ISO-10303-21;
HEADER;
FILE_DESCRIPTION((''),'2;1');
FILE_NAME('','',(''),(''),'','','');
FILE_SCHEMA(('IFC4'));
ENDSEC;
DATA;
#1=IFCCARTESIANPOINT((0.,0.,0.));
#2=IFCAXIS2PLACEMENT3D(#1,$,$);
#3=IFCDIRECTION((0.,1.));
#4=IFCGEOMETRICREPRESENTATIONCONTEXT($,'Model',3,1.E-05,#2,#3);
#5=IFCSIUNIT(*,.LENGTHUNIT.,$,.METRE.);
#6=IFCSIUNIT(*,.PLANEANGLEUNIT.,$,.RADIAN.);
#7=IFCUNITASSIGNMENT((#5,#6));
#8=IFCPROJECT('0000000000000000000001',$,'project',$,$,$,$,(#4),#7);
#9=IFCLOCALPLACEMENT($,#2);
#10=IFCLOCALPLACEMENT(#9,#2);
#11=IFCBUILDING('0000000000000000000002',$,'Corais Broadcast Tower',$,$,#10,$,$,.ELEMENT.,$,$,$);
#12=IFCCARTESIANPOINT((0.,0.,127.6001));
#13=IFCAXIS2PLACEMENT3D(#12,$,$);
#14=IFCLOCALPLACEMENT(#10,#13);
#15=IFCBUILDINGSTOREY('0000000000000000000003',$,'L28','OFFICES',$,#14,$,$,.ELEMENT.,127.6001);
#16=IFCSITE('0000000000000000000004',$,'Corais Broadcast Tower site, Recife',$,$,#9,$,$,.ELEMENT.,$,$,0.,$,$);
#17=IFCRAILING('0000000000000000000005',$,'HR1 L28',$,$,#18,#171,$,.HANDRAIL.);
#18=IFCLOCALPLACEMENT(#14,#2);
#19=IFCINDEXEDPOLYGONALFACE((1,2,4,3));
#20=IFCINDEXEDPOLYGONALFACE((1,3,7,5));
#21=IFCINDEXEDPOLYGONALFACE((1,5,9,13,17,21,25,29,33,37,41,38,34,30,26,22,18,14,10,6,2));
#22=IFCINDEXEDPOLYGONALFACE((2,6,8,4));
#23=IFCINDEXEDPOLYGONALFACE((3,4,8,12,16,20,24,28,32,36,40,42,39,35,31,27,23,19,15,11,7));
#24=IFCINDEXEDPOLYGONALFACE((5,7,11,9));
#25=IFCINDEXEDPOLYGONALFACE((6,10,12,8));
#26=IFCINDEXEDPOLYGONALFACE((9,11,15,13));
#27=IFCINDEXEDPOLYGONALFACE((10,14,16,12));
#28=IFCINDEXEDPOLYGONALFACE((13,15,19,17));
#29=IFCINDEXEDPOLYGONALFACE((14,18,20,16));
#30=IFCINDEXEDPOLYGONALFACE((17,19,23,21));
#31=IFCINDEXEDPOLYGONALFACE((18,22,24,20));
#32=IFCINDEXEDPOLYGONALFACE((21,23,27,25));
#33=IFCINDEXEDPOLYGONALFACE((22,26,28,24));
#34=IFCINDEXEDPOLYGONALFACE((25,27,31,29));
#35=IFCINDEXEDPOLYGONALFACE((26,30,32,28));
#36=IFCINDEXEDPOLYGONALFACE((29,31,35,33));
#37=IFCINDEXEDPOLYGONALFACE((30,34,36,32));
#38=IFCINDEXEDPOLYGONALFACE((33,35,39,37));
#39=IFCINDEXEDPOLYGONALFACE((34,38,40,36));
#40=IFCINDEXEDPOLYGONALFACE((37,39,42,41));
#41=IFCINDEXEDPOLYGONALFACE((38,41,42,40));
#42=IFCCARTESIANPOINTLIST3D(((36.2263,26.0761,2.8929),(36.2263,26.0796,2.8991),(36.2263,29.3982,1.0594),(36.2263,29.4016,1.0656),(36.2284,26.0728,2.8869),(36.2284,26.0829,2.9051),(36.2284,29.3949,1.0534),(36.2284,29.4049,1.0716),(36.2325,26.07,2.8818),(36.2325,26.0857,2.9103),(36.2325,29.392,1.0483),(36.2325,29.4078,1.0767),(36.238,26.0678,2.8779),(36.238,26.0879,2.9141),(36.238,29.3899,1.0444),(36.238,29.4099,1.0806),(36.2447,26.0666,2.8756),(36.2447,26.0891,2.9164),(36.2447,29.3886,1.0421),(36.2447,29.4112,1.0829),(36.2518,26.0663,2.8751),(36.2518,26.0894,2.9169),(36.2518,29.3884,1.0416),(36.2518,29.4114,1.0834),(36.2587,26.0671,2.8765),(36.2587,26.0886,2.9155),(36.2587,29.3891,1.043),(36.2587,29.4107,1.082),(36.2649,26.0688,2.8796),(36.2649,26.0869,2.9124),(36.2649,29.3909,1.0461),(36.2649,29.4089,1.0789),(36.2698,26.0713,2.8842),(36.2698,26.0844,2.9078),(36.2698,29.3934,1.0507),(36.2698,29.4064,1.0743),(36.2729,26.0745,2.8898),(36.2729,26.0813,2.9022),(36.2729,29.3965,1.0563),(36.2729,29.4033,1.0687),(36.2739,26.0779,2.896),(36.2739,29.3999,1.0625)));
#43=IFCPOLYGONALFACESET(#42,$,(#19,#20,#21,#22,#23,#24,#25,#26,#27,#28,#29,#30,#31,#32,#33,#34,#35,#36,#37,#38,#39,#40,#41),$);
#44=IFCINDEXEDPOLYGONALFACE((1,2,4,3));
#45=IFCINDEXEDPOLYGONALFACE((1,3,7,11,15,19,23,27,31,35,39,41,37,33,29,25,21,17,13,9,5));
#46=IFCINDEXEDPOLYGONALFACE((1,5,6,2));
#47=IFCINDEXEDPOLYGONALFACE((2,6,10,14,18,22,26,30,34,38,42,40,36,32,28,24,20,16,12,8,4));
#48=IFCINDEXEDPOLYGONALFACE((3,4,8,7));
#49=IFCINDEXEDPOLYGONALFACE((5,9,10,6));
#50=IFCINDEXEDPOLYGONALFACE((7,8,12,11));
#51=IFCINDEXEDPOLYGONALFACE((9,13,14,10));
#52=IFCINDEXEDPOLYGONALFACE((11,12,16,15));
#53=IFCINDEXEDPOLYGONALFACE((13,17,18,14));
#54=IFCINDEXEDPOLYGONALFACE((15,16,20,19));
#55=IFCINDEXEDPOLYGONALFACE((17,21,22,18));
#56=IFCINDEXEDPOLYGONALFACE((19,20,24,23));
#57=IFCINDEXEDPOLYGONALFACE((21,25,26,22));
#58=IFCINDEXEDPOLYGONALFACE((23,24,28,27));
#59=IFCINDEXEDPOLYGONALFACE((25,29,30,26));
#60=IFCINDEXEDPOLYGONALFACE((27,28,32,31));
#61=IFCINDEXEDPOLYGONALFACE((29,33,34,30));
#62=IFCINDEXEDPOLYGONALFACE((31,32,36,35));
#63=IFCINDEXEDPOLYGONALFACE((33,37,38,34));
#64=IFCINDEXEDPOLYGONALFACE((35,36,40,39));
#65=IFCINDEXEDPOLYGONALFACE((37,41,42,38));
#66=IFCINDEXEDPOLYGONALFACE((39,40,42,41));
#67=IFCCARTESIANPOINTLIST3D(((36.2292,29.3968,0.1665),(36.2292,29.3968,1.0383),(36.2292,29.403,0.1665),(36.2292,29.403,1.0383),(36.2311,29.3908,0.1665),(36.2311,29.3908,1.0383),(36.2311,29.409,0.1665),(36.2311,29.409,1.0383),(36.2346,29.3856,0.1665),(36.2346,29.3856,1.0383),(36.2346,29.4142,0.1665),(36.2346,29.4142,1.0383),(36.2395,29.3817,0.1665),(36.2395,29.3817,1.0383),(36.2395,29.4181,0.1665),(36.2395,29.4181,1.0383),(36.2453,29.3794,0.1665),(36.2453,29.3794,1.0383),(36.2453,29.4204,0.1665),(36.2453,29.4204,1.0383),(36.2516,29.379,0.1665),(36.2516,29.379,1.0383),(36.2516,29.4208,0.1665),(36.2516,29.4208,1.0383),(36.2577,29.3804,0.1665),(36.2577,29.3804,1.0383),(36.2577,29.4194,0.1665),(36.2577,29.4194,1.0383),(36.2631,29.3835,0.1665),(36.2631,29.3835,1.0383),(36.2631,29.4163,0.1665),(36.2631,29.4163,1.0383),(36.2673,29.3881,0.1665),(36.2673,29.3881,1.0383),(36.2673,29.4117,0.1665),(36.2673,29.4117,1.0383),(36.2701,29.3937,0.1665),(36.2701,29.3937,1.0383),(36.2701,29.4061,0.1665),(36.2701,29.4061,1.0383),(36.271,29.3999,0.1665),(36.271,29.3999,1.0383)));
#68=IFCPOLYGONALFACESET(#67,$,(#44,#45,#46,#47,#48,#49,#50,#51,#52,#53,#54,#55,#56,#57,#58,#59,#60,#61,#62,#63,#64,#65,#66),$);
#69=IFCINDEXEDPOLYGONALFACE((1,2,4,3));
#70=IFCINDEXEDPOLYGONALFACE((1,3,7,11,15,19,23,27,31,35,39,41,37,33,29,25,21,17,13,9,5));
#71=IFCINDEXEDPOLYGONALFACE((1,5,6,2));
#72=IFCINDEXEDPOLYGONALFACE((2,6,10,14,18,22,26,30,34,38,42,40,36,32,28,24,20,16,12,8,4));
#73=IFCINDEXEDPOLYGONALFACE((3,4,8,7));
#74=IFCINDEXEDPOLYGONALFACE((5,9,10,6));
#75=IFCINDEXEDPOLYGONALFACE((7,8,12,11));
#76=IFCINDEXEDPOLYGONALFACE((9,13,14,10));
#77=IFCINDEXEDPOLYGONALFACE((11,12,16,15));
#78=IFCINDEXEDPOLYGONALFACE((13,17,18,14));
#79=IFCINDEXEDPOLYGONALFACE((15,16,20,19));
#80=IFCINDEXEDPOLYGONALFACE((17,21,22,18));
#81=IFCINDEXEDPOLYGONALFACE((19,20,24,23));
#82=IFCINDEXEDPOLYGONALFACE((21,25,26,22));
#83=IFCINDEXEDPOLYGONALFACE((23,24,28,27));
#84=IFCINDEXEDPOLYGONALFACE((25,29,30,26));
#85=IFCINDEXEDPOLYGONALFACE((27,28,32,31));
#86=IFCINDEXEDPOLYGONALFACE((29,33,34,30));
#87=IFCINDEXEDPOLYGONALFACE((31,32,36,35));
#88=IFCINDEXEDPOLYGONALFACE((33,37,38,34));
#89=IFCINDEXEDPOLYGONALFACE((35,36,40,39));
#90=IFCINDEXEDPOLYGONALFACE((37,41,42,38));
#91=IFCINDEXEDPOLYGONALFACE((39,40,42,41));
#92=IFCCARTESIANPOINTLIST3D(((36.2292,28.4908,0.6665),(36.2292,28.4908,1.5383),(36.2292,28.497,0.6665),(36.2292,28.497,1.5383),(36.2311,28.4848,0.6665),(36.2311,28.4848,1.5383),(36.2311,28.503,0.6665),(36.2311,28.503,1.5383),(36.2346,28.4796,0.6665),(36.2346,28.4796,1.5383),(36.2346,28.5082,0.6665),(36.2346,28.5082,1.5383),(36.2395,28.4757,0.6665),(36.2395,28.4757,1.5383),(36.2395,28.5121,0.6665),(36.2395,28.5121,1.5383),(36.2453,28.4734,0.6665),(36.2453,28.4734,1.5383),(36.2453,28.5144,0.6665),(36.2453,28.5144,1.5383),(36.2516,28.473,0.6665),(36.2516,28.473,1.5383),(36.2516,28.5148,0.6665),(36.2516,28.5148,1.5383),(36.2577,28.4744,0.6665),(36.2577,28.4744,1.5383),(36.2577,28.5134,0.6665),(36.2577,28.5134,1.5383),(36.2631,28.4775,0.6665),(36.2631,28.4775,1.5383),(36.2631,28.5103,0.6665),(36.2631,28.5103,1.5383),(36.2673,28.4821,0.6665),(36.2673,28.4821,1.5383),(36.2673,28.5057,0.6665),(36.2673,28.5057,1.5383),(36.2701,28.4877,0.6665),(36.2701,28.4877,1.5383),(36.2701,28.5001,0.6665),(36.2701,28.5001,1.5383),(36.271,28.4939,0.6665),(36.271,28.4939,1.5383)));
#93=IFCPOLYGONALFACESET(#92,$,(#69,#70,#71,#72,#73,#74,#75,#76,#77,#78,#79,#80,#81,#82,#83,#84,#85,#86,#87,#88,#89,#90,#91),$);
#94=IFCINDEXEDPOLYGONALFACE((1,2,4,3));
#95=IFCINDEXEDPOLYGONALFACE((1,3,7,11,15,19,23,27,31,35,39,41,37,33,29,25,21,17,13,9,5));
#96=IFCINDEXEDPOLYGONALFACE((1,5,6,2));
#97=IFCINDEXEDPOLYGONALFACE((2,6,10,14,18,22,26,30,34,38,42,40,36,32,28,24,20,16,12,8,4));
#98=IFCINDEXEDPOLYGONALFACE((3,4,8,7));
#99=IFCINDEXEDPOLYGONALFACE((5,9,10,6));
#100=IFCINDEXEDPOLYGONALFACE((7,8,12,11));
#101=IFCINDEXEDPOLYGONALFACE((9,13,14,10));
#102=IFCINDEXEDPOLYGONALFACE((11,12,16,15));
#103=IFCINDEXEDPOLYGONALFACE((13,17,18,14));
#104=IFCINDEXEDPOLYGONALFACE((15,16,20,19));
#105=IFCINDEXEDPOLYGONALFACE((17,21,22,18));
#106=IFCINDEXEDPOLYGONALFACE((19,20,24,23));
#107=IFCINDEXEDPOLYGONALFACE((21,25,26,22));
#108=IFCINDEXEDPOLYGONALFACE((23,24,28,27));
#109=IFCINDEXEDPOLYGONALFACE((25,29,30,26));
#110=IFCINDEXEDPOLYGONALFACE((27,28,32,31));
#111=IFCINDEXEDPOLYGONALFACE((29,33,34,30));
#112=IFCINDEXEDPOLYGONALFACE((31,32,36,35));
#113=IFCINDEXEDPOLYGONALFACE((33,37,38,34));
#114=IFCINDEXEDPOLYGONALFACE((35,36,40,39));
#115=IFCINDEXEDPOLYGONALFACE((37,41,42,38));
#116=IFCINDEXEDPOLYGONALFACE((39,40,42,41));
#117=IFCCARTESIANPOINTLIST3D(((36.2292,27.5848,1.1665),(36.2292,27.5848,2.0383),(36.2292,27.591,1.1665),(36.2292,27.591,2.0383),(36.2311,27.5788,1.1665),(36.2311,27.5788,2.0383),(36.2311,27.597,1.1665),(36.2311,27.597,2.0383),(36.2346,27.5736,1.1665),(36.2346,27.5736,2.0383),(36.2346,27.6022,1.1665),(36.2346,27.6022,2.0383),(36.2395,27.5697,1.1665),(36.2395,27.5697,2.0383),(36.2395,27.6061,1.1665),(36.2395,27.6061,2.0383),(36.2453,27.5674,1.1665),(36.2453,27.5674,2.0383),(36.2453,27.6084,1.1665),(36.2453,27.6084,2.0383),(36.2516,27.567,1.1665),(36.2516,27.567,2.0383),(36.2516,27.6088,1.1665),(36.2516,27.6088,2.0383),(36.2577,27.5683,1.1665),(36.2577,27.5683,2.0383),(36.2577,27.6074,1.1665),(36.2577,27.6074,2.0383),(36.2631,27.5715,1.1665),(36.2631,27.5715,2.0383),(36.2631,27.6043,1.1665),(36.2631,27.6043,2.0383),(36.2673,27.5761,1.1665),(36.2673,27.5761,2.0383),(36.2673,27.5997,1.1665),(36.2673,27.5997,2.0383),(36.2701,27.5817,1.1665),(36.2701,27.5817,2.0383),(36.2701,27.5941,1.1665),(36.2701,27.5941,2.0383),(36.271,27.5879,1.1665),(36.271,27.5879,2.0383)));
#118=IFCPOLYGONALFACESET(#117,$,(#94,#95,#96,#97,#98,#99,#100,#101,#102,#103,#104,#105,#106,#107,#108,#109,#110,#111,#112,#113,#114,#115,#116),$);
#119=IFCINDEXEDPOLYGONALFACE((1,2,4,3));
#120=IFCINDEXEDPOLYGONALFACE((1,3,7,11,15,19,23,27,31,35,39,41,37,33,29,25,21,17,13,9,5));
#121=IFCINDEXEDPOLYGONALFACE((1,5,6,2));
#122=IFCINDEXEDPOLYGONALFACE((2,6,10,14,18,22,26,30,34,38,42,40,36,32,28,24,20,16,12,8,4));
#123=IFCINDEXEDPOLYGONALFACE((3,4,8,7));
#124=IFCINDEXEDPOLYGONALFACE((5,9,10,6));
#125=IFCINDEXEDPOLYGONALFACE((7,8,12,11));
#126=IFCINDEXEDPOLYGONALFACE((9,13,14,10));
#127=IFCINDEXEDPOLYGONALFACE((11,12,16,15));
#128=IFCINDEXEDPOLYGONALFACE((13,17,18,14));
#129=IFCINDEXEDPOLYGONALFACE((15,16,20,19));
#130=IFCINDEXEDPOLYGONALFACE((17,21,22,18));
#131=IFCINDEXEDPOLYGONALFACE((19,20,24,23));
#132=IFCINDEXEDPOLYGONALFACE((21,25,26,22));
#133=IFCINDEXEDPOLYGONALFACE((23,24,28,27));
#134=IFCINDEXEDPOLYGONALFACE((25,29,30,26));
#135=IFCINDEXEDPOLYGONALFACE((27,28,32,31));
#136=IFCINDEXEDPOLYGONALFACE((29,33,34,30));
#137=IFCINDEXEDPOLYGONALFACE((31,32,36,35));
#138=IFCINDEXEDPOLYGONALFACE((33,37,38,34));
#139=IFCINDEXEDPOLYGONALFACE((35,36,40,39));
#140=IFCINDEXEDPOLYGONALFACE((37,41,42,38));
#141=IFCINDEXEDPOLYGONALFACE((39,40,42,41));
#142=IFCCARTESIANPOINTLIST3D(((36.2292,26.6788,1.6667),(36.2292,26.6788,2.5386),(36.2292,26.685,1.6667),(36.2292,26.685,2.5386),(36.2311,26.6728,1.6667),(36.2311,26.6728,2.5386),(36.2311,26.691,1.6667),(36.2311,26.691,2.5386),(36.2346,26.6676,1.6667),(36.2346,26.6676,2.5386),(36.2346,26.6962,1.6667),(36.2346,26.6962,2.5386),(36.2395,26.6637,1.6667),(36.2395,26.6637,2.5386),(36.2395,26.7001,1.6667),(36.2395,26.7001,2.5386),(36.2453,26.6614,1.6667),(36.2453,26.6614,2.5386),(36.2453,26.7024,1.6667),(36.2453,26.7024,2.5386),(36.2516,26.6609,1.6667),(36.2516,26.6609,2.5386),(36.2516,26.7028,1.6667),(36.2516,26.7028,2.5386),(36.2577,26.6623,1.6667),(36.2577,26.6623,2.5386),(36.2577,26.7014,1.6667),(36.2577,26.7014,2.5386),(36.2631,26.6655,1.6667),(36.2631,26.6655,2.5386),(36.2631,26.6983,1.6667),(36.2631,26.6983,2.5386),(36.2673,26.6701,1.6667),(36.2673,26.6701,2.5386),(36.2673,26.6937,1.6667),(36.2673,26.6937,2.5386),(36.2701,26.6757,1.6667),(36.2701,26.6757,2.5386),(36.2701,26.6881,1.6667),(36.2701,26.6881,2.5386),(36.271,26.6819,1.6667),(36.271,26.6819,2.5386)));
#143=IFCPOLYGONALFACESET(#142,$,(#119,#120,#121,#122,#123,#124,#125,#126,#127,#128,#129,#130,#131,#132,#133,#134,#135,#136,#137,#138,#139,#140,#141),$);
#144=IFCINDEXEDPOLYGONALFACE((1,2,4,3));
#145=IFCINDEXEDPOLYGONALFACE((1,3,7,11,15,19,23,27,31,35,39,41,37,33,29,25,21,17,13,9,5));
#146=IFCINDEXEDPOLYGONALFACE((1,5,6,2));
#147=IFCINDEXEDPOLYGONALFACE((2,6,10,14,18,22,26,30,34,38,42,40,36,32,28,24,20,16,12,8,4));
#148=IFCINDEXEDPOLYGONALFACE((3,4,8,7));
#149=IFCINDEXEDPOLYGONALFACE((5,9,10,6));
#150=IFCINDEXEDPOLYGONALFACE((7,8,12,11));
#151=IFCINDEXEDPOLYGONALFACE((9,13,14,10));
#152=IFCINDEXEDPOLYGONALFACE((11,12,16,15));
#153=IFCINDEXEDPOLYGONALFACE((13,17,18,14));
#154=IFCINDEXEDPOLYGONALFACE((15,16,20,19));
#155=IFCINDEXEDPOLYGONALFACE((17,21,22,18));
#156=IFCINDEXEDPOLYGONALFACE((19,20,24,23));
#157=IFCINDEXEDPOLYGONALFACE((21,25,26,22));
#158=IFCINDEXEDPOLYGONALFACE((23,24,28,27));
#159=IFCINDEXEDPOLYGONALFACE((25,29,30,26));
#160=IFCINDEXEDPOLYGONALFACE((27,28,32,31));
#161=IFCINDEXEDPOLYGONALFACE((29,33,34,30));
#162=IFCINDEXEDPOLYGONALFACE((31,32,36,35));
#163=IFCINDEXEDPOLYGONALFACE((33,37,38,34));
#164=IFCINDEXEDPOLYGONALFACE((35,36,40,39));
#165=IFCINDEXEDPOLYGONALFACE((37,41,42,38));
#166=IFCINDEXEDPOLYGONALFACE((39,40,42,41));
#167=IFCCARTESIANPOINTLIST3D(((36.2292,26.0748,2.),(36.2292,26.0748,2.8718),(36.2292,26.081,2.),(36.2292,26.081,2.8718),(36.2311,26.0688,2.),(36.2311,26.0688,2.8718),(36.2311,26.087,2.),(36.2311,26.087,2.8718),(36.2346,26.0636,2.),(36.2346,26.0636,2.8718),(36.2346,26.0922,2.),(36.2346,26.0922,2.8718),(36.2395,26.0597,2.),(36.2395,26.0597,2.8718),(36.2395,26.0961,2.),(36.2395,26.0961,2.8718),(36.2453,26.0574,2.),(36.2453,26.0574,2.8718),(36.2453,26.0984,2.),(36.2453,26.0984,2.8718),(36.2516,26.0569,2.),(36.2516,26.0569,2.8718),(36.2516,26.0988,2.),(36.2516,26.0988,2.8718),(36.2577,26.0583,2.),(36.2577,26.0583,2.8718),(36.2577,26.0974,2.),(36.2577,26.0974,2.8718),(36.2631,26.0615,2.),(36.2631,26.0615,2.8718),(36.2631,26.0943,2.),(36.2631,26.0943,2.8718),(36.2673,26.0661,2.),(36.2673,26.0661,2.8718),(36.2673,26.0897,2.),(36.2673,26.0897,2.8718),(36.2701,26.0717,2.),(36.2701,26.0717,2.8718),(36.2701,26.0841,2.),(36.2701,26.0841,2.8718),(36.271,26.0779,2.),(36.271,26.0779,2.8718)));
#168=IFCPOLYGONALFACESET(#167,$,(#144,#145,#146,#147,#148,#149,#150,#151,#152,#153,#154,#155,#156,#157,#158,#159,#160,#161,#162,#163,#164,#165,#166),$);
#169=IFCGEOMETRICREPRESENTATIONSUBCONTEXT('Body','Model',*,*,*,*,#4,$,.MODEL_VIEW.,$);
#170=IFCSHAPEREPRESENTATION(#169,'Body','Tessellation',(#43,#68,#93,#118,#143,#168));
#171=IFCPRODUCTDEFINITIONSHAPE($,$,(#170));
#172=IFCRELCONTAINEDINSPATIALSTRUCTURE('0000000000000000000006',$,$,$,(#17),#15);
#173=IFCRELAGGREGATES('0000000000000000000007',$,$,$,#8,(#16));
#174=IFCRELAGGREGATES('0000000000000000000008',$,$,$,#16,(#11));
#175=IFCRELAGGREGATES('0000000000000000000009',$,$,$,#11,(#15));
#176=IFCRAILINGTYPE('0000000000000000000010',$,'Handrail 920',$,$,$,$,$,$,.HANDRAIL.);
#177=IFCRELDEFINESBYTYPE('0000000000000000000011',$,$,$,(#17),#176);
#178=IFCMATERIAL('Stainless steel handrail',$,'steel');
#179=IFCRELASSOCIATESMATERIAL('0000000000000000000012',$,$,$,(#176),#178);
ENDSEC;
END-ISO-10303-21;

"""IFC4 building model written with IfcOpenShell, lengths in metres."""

from ifc_helpers import new_model, si_unit, direction, frame, origin, origin_2d, place, context, subcontext, project, spatial, circle, extrude, material, type_object, element, save


model = new_model("IFC4")

# Units and contexts
model_context = context("Model", 3, precision=1e-05, world=origin(), true_north=direction((0.0, 1.0)))
body_context = subcontext(model_context, "Body", "Model", "MODEL_VIEW")
ifc_project = project(units=[si_unit("LENGTHUNIT", "METRE"), si_unit("PLANEANGLEUNIT", "RADIAN")], contexts=[model_context])

# Site, building, storey
site_placement = place(None, origin())
site = spatial("IfcSite", under=ifc_project, at=site_placement, Name="Corais Broadcast Tower site, Recife", CompositionType="ELEMENT", RefElevation=0.0)
building_placement = place(site_placement, origin())
building = spatial("IfcBuilding", under=site, at=building_placement, Name="Corais Broadcast Tower", CompositionType="ELEMENT")
storey_placement = place(building_placement, frame((0.0, 0.0, 127.6001)))
storey = spatial("IfcBuildingStorey", under=building, at=storey_placement, Name="L28", Description="OFFICES", CompositionType="ELEMENT", Elevation=127.6001)

# Railing
ifc_material_1 = material(Name="Stainless steel handrail", Category="steel")
railing_type = type_object("IfcRailingType", Name="Handrail 920", PredefinedType="HANDRAIL", material=ifc_material_1)
for number, where, name in (
    (1, (36.25, 29.3999, 0.1665), "HR1 L28"),
):
    element("IfcRailing", number, at=place(storey_placement, frame(where)), inside=storey, type_object=railing_type, Name=name, PredefinedType="HANDRAIL", context=body_context, shape_type="SweptSolid", body=[
        extrude(circle(Radius=0.0239, at=origin_2d()), frame((0.0, 0.0, 0.896), z_axis=(0.0, -0.875504, 0.48321), x_axis=(1.0, 0.0, 0.0)), (0.0, 0.0, 1.0), 3.7944),
        extrude(circle(Radius=0.021, at=origin_2d()), origin(), (0.0, 0.0, 1.0), 0.8718),
        extrude(circle(Radius=0.021, at=origin_2d()), frame((0.0, -0.906, 0.5)), (0.0, 0.0, 1.0), 0.8718),
        extrude(circle(Radius=0.021, at=origin_2d()), frame((0.0, -1.812, 1.0)), (0.0, 0.0, 1.0), 0.8718),
        extrude(circle(Radius=0.021, at=origin_2d()), frame((0.0, -2.718, 1.5002)), (0.0, 0.0, 1.0), 0.8718),
        extrude(circle(Radius=0.021, at=origin_2d()), frame((0.0, -3.322, 1.8335)), (0.0, 0.0, 1.0), 0.8718),
    ])

save(model, "model.ifc")
